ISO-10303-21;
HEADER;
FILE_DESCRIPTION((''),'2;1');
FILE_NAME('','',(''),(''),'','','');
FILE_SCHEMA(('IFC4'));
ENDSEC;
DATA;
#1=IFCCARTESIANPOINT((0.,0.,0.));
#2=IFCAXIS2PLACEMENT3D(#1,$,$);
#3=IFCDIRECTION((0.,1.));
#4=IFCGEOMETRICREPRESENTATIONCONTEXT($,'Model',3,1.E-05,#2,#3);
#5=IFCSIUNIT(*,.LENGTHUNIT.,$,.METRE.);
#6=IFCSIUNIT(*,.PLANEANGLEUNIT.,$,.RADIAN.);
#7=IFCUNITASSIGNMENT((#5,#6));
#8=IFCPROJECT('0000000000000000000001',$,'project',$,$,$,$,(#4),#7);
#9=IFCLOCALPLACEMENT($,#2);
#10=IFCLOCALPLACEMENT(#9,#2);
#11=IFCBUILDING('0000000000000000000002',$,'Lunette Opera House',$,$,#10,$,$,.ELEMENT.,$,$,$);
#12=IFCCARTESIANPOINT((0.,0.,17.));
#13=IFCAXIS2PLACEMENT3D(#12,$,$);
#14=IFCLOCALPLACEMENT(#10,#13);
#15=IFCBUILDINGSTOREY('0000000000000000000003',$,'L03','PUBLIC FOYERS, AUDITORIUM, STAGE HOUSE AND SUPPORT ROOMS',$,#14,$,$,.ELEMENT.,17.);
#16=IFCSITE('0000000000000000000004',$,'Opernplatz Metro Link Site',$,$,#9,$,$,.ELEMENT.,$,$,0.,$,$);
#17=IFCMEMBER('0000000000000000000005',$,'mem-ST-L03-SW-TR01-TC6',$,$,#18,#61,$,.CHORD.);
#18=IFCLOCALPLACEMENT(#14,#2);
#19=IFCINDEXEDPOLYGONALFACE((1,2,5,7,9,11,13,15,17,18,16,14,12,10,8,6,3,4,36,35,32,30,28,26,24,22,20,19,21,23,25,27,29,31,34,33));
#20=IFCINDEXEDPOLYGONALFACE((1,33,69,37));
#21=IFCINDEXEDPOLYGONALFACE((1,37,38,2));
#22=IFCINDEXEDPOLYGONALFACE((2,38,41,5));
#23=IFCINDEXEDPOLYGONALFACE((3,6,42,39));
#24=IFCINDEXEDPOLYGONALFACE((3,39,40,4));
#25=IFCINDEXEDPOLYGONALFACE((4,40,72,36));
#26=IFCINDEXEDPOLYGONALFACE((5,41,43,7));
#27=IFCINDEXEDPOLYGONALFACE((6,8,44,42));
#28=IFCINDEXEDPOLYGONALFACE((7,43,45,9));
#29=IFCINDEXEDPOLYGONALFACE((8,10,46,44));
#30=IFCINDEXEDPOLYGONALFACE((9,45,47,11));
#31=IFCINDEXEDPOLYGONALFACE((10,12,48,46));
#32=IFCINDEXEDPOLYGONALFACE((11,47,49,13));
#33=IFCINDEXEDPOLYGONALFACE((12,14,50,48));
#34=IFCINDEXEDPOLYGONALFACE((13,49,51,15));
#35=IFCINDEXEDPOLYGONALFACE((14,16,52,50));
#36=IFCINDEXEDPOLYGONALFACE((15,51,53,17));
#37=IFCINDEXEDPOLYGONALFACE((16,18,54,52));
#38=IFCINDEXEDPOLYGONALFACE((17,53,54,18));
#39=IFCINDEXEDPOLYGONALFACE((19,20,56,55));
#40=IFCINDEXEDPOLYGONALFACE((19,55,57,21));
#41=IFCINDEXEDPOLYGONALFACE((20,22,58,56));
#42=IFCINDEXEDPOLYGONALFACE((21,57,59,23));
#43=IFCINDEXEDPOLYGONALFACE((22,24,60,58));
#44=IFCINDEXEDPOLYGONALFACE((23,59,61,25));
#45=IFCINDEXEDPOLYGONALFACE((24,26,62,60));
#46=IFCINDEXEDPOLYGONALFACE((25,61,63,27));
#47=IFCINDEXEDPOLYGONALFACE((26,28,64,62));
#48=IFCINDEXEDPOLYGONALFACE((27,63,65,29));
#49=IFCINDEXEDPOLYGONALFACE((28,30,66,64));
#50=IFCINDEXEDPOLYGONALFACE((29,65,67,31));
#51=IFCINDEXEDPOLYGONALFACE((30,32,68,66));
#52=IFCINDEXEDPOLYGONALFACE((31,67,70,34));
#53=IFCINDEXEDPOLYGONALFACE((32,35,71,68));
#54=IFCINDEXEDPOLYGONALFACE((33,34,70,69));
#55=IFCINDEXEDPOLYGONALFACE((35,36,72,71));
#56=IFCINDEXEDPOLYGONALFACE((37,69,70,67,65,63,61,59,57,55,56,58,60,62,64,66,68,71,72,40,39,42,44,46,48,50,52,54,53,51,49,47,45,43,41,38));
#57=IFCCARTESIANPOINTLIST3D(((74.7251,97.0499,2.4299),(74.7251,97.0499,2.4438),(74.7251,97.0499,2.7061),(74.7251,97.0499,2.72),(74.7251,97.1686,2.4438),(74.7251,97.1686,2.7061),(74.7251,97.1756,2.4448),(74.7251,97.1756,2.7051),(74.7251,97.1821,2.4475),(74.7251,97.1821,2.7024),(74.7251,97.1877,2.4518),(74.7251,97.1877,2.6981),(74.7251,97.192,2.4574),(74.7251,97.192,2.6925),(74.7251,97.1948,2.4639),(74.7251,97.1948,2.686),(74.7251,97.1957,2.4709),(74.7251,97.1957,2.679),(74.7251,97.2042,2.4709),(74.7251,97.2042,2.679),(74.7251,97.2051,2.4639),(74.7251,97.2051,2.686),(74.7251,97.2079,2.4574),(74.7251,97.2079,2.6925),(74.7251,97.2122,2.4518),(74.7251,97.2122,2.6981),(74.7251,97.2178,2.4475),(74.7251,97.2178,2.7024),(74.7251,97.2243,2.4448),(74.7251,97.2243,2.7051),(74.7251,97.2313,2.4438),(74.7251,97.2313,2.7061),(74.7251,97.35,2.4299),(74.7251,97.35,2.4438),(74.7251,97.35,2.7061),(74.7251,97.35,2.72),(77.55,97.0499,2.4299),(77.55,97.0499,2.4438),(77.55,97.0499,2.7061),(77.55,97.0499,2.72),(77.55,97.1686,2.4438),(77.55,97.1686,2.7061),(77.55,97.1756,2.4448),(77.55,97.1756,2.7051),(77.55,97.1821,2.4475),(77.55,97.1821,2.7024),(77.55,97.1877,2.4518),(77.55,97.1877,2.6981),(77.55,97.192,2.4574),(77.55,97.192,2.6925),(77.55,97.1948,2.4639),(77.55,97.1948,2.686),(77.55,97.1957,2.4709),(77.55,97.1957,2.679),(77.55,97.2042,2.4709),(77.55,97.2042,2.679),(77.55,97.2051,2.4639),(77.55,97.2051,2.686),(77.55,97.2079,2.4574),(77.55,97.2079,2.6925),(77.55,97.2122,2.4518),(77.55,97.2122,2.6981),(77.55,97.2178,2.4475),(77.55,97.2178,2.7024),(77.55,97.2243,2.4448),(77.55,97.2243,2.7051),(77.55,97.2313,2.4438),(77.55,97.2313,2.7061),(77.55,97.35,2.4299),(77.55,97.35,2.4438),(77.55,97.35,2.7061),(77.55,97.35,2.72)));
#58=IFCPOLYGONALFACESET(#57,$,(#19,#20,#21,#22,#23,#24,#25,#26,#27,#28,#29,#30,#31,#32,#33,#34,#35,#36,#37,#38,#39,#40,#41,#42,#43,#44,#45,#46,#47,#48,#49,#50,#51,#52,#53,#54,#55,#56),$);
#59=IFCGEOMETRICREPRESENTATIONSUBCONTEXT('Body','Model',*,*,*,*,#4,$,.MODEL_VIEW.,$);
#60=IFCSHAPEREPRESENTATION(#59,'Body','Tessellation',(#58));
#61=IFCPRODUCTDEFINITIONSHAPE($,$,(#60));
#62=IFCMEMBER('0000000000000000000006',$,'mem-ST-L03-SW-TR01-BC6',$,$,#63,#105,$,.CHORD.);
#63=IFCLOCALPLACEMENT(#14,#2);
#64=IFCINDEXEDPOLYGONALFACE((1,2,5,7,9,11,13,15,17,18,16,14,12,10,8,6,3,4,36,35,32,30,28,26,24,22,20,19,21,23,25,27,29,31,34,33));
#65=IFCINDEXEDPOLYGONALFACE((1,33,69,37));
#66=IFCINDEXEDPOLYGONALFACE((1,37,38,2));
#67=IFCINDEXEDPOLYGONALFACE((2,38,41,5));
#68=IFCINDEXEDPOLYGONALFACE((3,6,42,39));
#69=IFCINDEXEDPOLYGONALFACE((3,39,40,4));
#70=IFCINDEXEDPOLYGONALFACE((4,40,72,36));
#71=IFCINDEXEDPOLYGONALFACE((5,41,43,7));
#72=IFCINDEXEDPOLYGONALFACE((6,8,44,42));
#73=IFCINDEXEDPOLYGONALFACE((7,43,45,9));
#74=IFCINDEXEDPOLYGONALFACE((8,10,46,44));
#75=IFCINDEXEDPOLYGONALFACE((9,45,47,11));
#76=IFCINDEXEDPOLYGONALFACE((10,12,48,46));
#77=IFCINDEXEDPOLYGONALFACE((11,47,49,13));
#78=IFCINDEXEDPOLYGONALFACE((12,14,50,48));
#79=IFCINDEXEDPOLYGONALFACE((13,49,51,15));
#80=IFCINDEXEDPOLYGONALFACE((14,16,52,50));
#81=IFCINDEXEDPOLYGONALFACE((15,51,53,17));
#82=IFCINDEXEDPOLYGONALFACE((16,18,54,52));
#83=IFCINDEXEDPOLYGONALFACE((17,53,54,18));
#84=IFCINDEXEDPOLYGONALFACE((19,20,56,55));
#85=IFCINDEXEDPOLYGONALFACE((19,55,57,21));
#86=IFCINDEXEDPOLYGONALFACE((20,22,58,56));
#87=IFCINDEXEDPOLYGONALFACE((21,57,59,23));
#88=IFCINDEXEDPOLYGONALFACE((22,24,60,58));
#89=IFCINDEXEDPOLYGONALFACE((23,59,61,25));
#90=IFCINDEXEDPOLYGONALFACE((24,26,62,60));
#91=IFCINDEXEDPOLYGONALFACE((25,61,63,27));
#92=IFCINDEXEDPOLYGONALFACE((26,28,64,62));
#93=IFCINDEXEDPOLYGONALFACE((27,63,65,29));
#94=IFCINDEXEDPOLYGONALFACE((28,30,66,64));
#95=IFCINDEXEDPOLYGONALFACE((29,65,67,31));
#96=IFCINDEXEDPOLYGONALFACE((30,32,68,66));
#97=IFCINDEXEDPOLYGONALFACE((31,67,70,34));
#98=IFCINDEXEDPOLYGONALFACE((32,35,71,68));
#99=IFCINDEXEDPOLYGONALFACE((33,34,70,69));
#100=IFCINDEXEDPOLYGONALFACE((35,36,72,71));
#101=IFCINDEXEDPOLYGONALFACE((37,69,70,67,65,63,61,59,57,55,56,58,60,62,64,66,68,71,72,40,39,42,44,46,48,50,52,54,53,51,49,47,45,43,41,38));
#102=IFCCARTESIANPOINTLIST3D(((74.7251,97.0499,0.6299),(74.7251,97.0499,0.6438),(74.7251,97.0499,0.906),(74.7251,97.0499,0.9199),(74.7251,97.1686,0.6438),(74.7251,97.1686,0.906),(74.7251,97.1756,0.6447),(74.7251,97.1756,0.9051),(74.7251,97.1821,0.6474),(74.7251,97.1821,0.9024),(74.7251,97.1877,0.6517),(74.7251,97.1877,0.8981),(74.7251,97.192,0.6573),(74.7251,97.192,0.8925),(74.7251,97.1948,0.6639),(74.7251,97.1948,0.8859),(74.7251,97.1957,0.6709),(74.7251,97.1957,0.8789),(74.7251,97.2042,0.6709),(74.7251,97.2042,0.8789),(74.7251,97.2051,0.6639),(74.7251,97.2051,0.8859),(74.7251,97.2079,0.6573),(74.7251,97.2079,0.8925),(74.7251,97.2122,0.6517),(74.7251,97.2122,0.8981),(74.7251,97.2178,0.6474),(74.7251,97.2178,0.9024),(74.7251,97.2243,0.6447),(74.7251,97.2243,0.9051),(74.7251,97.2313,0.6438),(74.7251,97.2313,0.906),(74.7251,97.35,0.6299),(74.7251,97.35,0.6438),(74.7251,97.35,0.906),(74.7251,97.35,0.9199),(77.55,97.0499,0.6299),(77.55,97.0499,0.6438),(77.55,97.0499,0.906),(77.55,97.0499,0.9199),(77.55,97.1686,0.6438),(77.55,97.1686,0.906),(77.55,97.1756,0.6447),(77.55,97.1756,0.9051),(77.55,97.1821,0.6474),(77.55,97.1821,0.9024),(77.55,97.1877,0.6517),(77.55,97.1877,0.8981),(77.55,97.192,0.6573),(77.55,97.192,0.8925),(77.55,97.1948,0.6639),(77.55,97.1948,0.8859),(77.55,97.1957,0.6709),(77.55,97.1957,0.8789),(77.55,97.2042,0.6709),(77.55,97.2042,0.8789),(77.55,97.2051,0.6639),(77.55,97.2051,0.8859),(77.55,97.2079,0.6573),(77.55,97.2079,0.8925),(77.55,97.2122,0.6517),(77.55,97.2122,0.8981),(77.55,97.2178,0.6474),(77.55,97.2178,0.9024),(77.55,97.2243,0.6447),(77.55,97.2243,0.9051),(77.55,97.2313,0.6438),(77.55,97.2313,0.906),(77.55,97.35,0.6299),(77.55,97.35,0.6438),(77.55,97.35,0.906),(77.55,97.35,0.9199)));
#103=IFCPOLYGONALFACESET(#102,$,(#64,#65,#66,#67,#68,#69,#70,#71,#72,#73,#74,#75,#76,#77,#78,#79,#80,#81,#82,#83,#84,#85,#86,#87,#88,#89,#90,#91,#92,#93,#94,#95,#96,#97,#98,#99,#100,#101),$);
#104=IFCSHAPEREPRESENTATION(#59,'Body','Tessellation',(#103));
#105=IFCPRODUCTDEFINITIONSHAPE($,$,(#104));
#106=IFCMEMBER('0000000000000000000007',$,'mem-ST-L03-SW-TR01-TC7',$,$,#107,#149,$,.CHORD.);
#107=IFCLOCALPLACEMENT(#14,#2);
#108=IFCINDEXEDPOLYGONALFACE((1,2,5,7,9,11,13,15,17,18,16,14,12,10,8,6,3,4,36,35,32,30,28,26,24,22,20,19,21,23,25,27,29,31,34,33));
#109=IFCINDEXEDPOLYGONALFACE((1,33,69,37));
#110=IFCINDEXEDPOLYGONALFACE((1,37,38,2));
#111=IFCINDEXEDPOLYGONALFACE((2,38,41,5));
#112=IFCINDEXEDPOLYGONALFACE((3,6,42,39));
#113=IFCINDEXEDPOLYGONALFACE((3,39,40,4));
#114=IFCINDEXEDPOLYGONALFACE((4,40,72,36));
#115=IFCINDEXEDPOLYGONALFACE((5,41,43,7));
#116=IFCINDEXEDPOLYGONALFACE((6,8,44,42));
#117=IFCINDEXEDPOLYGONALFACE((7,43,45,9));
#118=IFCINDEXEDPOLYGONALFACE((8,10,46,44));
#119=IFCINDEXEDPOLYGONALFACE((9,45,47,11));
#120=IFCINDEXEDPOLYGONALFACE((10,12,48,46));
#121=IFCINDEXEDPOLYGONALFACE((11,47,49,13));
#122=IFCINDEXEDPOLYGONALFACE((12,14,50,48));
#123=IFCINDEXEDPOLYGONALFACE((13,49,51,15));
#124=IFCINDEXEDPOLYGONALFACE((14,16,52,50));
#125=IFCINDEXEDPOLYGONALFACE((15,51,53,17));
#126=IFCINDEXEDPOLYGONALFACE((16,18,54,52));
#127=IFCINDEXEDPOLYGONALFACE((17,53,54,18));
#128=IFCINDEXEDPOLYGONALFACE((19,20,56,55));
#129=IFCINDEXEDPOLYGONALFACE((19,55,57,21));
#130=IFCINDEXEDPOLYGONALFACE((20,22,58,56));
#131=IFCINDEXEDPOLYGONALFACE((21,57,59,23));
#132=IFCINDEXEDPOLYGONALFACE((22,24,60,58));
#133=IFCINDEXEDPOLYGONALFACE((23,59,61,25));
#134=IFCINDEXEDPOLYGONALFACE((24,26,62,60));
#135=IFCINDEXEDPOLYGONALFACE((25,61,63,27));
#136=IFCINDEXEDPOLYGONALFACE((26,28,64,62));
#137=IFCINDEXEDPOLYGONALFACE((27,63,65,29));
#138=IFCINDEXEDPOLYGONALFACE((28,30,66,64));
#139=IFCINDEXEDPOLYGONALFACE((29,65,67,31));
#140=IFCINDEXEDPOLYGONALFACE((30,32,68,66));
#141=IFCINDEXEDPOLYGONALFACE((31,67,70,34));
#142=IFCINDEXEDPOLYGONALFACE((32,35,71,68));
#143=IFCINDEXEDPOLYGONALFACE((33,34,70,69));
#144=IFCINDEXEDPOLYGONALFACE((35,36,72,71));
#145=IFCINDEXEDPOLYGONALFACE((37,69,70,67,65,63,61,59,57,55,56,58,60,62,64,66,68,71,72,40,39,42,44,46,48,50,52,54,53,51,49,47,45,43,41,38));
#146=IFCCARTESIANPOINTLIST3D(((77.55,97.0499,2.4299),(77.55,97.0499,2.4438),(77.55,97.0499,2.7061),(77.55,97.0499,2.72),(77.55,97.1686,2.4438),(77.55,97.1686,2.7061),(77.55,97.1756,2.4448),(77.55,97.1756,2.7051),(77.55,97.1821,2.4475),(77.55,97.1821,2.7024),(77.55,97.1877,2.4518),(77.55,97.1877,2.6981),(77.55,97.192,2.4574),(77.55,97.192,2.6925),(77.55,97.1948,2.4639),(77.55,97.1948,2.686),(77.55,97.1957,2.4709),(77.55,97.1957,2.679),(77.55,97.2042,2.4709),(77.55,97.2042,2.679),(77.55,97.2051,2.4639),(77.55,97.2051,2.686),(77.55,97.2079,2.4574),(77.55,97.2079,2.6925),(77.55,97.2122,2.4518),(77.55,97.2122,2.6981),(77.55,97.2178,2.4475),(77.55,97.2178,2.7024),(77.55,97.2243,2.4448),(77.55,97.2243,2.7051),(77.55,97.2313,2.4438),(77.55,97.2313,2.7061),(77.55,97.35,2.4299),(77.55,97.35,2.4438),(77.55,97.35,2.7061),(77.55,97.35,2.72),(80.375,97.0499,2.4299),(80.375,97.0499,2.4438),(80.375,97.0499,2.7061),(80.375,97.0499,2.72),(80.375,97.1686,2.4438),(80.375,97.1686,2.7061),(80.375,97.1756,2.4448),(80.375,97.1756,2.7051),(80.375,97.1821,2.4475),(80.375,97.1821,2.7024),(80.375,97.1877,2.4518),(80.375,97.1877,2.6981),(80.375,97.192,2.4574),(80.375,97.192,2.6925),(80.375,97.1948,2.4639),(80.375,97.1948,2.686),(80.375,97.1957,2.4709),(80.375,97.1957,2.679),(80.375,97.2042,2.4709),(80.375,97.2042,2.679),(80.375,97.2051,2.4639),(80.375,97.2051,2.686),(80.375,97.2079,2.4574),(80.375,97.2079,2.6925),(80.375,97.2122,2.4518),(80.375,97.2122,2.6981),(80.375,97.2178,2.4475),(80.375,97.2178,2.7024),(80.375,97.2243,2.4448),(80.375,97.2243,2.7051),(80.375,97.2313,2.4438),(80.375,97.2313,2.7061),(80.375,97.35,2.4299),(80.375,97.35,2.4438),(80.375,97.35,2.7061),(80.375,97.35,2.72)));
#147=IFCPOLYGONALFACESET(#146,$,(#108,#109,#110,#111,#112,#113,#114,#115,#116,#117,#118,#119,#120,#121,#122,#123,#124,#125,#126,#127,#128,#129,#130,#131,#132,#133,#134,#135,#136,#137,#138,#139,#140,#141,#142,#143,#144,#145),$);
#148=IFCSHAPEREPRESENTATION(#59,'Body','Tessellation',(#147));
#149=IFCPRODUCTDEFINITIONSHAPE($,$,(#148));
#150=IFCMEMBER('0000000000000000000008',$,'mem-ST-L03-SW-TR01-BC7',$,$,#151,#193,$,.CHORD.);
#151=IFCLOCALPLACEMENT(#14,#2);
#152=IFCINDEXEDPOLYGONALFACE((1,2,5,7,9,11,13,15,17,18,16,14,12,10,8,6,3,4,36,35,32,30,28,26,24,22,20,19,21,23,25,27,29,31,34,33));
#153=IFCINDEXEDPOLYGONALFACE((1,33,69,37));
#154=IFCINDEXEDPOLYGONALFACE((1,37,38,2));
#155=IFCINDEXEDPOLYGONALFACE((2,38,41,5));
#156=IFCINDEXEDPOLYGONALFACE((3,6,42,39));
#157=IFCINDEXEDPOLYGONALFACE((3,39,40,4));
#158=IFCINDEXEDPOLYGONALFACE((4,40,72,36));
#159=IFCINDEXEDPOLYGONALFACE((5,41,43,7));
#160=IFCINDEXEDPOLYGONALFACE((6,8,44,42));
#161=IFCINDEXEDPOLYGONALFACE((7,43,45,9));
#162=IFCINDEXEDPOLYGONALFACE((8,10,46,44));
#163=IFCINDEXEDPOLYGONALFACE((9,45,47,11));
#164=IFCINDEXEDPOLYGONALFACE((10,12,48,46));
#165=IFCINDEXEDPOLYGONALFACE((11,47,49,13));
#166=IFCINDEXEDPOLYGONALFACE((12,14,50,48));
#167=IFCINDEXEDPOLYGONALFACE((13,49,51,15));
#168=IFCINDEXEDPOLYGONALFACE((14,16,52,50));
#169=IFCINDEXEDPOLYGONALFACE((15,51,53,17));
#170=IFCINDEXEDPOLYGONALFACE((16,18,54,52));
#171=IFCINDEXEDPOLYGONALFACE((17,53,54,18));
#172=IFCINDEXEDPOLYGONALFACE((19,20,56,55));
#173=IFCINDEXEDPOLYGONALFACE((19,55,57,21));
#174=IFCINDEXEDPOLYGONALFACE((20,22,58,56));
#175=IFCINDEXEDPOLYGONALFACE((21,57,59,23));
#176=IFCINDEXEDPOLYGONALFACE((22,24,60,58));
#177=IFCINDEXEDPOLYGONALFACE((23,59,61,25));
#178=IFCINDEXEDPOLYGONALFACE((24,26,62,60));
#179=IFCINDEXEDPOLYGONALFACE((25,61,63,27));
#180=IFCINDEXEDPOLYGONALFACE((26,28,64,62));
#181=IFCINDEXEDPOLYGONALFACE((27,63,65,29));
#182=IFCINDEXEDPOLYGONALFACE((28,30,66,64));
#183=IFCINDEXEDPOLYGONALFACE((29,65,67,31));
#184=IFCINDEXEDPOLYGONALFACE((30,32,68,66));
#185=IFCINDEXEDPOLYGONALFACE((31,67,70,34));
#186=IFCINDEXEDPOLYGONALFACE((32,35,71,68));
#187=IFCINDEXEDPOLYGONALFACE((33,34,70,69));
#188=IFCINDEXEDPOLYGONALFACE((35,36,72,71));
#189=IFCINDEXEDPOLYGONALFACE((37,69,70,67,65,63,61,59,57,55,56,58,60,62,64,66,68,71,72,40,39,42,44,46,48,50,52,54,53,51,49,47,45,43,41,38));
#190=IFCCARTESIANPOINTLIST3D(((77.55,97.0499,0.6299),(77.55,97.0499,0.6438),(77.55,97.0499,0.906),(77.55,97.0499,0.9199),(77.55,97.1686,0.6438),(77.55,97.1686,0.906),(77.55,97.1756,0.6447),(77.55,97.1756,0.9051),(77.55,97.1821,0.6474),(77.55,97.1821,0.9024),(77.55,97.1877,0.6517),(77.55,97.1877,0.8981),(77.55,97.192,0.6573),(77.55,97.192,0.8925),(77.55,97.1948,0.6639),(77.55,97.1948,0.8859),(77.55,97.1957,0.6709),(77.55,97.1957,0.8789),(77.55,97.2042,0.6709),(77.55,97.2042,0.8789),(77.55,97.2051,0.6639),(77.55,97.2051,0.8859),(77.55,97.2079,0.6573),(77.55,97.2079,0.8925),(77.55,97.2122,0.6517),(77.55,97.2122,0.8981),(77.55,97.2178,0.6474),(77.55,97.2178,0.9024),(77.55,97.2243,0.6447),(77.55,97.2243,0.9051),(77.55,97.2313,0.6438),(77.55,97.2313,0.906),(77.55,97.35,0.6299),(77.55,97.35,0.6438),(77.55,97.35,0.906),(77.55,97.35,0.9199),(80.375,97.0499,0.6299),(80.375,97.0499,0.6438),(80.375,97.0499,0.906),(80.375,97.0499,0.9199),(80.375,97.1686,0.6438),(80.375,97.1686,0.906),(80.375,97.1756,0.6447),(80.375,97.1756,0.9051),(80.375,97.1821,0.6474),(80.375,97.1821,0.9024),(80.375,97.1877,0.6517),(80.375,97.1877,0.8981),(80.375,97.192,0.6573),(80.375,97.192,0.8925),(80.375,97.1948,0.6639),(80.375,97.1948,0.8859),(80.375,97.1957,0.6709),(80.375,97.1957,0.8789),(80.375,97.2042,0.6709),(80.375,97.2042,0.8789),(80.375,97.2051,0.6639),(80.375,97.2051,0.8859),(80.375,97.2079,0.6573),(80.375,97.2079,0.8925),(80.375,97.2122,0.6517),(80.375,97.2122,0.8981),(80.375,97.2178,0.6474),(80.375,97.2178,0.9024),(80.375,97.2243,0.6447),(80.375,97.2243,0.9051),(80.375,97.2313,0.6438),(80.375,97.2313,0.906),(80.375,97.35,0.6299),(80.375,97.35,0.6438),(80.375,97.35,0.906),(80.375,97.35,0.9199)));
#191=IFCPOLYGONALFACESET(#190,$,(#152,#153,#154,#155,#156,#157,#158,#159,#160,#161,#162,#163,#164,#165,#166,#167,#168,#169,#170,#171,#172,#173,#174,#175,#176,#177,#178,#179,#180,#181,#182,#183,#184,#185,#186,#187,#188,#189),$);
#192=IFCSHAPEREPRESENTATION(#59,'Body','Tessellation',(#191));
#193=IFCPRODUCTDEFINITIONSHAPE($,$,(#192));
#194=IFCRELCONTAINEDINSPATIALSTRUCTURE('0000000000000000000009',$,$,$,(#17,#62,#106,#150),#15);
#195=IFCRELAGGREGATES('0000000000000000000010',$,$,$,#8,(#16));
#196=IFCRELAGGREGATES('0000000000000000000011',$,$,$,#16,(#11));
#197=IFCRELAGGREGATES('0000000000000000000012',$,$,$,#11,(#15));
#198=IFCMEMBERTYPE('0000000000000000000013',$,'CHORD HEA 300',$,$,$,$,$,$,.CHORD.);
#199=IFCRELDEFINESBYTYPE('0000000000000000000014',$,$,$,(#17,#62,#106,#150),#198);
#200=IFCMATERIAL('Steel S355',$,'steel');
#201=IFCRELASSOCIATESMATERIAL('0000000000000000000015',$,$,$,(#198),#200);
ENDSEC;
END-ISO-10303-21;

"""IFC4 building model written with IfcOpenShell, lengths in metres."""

from ifc_helpers import new_model, si_unit, direction, frame, origin, origin_2d, place, context, subcontext, project, spatial, i_section, extrude, material, material_profile, profile_set, type_object, element, save


model = new_model("IFC4")

# Units and contexts
model_context = context("Model", 3, precision=1e-05, world=origin(), true_north=direction((0.0, 1.0)))
body_context = subcontext(model_context, "Body", "Model", "MODEL_VIEW")
ifc_project = project(units=[si_unit("LENGTHUNIT", "METRE"), si_unit("PLANEANGLEUNIT", "RADIAN")], contexts=[model_context])

# Site, building, storey
site_placement = place(None, origin())
site = spatial("IfcSite", under=ifc_project, at=site_placement, Name="Opernplatz Metro Link Site", CompositionType="ELEMENT", RefElevation=0.0)
building_placement = place(site_placement, origin())
building = spatial("IfcBuilding", under=site, at=building_placement, Name="Lunette Opera House", CompositionType="ELEMENT")
storey_placement = place(building_placement, frame((0.0, 0.0, 17.0)))
storey = spatial("IfcBuildingStorey", under=building, at=storey_placement, Name="L03", Description="PUBLIC FOYERS, AUDITORIUM, STAGE HOUSE AND SUPPORT ROOMS", CompositionType="ELEMENT", Elevation=17.0)

# Members
ifc_material_1 = material(Name="Steel S355", Category="steel")
ifc_material_profile_1 = material_profile(ifc_material_1, i_section(OverallWidth=0.3, OverallDepth=0.29, WebThickness=0.0085, FlangeThickness=0.0139, FilletRadius=0.0271, at=origin_2d()), Name="HEA 300")
ifc_profile_set_1 = profile_set([ifc_material_profile_1], Name="Steel S355")
member_type_1 = type_object("IfcMemberType", Name="CHORD HEA 300", PredefinedType="CHORD", material=ifc_profile_set_1)
for number, where, z_axis, x_axis, name in (
    (1, (74.7251, 97.2, 2.575), (1.0, 0.0, 0.0), (0.0, 1.0, 0.0), "mem-ST-L03-SW-TR01-TC6"),
    (2, (74.7251, 97.2, 0.7749), (1.0, 0.0, 0.0), (0.0, 1.0, 0.0), "mem-ST-L03-SW-TR01-BC6"),
    (3, (77.55, 97.2, 2.575), (1.0, 0.0, 0.0), (0.0, 1.0, 0.0), "mem-ST-L03-SW-TR01-TC7"),
    (4, (77.55, 97.2, 0.7749), (1.0, 0.0, 0.0), (0.0, 1.0, 0.0), "mem-ST-L03-SW-TR01-BC7"),
):
    element("IfcMember", number, at=place(storey_placement, frame(where, z_axis=z_axis, x_axis=x_axis)), inside=storey, type_object=member_type_1, Name=name, PredefinedType="CHORD", context=body_context, shape_type="SweptSolid", body=[
        extrude(i_section(OverallWidth=0.3, OverallDepth=0.29, WebThickness=0.0085, FlangeThickness=0.0139, FilletRadius=0.0271, at=origin_2d()), origin(), (0.0, 0.0, 1.0), 2.825),
    ])

save(model, "model.ifc")
